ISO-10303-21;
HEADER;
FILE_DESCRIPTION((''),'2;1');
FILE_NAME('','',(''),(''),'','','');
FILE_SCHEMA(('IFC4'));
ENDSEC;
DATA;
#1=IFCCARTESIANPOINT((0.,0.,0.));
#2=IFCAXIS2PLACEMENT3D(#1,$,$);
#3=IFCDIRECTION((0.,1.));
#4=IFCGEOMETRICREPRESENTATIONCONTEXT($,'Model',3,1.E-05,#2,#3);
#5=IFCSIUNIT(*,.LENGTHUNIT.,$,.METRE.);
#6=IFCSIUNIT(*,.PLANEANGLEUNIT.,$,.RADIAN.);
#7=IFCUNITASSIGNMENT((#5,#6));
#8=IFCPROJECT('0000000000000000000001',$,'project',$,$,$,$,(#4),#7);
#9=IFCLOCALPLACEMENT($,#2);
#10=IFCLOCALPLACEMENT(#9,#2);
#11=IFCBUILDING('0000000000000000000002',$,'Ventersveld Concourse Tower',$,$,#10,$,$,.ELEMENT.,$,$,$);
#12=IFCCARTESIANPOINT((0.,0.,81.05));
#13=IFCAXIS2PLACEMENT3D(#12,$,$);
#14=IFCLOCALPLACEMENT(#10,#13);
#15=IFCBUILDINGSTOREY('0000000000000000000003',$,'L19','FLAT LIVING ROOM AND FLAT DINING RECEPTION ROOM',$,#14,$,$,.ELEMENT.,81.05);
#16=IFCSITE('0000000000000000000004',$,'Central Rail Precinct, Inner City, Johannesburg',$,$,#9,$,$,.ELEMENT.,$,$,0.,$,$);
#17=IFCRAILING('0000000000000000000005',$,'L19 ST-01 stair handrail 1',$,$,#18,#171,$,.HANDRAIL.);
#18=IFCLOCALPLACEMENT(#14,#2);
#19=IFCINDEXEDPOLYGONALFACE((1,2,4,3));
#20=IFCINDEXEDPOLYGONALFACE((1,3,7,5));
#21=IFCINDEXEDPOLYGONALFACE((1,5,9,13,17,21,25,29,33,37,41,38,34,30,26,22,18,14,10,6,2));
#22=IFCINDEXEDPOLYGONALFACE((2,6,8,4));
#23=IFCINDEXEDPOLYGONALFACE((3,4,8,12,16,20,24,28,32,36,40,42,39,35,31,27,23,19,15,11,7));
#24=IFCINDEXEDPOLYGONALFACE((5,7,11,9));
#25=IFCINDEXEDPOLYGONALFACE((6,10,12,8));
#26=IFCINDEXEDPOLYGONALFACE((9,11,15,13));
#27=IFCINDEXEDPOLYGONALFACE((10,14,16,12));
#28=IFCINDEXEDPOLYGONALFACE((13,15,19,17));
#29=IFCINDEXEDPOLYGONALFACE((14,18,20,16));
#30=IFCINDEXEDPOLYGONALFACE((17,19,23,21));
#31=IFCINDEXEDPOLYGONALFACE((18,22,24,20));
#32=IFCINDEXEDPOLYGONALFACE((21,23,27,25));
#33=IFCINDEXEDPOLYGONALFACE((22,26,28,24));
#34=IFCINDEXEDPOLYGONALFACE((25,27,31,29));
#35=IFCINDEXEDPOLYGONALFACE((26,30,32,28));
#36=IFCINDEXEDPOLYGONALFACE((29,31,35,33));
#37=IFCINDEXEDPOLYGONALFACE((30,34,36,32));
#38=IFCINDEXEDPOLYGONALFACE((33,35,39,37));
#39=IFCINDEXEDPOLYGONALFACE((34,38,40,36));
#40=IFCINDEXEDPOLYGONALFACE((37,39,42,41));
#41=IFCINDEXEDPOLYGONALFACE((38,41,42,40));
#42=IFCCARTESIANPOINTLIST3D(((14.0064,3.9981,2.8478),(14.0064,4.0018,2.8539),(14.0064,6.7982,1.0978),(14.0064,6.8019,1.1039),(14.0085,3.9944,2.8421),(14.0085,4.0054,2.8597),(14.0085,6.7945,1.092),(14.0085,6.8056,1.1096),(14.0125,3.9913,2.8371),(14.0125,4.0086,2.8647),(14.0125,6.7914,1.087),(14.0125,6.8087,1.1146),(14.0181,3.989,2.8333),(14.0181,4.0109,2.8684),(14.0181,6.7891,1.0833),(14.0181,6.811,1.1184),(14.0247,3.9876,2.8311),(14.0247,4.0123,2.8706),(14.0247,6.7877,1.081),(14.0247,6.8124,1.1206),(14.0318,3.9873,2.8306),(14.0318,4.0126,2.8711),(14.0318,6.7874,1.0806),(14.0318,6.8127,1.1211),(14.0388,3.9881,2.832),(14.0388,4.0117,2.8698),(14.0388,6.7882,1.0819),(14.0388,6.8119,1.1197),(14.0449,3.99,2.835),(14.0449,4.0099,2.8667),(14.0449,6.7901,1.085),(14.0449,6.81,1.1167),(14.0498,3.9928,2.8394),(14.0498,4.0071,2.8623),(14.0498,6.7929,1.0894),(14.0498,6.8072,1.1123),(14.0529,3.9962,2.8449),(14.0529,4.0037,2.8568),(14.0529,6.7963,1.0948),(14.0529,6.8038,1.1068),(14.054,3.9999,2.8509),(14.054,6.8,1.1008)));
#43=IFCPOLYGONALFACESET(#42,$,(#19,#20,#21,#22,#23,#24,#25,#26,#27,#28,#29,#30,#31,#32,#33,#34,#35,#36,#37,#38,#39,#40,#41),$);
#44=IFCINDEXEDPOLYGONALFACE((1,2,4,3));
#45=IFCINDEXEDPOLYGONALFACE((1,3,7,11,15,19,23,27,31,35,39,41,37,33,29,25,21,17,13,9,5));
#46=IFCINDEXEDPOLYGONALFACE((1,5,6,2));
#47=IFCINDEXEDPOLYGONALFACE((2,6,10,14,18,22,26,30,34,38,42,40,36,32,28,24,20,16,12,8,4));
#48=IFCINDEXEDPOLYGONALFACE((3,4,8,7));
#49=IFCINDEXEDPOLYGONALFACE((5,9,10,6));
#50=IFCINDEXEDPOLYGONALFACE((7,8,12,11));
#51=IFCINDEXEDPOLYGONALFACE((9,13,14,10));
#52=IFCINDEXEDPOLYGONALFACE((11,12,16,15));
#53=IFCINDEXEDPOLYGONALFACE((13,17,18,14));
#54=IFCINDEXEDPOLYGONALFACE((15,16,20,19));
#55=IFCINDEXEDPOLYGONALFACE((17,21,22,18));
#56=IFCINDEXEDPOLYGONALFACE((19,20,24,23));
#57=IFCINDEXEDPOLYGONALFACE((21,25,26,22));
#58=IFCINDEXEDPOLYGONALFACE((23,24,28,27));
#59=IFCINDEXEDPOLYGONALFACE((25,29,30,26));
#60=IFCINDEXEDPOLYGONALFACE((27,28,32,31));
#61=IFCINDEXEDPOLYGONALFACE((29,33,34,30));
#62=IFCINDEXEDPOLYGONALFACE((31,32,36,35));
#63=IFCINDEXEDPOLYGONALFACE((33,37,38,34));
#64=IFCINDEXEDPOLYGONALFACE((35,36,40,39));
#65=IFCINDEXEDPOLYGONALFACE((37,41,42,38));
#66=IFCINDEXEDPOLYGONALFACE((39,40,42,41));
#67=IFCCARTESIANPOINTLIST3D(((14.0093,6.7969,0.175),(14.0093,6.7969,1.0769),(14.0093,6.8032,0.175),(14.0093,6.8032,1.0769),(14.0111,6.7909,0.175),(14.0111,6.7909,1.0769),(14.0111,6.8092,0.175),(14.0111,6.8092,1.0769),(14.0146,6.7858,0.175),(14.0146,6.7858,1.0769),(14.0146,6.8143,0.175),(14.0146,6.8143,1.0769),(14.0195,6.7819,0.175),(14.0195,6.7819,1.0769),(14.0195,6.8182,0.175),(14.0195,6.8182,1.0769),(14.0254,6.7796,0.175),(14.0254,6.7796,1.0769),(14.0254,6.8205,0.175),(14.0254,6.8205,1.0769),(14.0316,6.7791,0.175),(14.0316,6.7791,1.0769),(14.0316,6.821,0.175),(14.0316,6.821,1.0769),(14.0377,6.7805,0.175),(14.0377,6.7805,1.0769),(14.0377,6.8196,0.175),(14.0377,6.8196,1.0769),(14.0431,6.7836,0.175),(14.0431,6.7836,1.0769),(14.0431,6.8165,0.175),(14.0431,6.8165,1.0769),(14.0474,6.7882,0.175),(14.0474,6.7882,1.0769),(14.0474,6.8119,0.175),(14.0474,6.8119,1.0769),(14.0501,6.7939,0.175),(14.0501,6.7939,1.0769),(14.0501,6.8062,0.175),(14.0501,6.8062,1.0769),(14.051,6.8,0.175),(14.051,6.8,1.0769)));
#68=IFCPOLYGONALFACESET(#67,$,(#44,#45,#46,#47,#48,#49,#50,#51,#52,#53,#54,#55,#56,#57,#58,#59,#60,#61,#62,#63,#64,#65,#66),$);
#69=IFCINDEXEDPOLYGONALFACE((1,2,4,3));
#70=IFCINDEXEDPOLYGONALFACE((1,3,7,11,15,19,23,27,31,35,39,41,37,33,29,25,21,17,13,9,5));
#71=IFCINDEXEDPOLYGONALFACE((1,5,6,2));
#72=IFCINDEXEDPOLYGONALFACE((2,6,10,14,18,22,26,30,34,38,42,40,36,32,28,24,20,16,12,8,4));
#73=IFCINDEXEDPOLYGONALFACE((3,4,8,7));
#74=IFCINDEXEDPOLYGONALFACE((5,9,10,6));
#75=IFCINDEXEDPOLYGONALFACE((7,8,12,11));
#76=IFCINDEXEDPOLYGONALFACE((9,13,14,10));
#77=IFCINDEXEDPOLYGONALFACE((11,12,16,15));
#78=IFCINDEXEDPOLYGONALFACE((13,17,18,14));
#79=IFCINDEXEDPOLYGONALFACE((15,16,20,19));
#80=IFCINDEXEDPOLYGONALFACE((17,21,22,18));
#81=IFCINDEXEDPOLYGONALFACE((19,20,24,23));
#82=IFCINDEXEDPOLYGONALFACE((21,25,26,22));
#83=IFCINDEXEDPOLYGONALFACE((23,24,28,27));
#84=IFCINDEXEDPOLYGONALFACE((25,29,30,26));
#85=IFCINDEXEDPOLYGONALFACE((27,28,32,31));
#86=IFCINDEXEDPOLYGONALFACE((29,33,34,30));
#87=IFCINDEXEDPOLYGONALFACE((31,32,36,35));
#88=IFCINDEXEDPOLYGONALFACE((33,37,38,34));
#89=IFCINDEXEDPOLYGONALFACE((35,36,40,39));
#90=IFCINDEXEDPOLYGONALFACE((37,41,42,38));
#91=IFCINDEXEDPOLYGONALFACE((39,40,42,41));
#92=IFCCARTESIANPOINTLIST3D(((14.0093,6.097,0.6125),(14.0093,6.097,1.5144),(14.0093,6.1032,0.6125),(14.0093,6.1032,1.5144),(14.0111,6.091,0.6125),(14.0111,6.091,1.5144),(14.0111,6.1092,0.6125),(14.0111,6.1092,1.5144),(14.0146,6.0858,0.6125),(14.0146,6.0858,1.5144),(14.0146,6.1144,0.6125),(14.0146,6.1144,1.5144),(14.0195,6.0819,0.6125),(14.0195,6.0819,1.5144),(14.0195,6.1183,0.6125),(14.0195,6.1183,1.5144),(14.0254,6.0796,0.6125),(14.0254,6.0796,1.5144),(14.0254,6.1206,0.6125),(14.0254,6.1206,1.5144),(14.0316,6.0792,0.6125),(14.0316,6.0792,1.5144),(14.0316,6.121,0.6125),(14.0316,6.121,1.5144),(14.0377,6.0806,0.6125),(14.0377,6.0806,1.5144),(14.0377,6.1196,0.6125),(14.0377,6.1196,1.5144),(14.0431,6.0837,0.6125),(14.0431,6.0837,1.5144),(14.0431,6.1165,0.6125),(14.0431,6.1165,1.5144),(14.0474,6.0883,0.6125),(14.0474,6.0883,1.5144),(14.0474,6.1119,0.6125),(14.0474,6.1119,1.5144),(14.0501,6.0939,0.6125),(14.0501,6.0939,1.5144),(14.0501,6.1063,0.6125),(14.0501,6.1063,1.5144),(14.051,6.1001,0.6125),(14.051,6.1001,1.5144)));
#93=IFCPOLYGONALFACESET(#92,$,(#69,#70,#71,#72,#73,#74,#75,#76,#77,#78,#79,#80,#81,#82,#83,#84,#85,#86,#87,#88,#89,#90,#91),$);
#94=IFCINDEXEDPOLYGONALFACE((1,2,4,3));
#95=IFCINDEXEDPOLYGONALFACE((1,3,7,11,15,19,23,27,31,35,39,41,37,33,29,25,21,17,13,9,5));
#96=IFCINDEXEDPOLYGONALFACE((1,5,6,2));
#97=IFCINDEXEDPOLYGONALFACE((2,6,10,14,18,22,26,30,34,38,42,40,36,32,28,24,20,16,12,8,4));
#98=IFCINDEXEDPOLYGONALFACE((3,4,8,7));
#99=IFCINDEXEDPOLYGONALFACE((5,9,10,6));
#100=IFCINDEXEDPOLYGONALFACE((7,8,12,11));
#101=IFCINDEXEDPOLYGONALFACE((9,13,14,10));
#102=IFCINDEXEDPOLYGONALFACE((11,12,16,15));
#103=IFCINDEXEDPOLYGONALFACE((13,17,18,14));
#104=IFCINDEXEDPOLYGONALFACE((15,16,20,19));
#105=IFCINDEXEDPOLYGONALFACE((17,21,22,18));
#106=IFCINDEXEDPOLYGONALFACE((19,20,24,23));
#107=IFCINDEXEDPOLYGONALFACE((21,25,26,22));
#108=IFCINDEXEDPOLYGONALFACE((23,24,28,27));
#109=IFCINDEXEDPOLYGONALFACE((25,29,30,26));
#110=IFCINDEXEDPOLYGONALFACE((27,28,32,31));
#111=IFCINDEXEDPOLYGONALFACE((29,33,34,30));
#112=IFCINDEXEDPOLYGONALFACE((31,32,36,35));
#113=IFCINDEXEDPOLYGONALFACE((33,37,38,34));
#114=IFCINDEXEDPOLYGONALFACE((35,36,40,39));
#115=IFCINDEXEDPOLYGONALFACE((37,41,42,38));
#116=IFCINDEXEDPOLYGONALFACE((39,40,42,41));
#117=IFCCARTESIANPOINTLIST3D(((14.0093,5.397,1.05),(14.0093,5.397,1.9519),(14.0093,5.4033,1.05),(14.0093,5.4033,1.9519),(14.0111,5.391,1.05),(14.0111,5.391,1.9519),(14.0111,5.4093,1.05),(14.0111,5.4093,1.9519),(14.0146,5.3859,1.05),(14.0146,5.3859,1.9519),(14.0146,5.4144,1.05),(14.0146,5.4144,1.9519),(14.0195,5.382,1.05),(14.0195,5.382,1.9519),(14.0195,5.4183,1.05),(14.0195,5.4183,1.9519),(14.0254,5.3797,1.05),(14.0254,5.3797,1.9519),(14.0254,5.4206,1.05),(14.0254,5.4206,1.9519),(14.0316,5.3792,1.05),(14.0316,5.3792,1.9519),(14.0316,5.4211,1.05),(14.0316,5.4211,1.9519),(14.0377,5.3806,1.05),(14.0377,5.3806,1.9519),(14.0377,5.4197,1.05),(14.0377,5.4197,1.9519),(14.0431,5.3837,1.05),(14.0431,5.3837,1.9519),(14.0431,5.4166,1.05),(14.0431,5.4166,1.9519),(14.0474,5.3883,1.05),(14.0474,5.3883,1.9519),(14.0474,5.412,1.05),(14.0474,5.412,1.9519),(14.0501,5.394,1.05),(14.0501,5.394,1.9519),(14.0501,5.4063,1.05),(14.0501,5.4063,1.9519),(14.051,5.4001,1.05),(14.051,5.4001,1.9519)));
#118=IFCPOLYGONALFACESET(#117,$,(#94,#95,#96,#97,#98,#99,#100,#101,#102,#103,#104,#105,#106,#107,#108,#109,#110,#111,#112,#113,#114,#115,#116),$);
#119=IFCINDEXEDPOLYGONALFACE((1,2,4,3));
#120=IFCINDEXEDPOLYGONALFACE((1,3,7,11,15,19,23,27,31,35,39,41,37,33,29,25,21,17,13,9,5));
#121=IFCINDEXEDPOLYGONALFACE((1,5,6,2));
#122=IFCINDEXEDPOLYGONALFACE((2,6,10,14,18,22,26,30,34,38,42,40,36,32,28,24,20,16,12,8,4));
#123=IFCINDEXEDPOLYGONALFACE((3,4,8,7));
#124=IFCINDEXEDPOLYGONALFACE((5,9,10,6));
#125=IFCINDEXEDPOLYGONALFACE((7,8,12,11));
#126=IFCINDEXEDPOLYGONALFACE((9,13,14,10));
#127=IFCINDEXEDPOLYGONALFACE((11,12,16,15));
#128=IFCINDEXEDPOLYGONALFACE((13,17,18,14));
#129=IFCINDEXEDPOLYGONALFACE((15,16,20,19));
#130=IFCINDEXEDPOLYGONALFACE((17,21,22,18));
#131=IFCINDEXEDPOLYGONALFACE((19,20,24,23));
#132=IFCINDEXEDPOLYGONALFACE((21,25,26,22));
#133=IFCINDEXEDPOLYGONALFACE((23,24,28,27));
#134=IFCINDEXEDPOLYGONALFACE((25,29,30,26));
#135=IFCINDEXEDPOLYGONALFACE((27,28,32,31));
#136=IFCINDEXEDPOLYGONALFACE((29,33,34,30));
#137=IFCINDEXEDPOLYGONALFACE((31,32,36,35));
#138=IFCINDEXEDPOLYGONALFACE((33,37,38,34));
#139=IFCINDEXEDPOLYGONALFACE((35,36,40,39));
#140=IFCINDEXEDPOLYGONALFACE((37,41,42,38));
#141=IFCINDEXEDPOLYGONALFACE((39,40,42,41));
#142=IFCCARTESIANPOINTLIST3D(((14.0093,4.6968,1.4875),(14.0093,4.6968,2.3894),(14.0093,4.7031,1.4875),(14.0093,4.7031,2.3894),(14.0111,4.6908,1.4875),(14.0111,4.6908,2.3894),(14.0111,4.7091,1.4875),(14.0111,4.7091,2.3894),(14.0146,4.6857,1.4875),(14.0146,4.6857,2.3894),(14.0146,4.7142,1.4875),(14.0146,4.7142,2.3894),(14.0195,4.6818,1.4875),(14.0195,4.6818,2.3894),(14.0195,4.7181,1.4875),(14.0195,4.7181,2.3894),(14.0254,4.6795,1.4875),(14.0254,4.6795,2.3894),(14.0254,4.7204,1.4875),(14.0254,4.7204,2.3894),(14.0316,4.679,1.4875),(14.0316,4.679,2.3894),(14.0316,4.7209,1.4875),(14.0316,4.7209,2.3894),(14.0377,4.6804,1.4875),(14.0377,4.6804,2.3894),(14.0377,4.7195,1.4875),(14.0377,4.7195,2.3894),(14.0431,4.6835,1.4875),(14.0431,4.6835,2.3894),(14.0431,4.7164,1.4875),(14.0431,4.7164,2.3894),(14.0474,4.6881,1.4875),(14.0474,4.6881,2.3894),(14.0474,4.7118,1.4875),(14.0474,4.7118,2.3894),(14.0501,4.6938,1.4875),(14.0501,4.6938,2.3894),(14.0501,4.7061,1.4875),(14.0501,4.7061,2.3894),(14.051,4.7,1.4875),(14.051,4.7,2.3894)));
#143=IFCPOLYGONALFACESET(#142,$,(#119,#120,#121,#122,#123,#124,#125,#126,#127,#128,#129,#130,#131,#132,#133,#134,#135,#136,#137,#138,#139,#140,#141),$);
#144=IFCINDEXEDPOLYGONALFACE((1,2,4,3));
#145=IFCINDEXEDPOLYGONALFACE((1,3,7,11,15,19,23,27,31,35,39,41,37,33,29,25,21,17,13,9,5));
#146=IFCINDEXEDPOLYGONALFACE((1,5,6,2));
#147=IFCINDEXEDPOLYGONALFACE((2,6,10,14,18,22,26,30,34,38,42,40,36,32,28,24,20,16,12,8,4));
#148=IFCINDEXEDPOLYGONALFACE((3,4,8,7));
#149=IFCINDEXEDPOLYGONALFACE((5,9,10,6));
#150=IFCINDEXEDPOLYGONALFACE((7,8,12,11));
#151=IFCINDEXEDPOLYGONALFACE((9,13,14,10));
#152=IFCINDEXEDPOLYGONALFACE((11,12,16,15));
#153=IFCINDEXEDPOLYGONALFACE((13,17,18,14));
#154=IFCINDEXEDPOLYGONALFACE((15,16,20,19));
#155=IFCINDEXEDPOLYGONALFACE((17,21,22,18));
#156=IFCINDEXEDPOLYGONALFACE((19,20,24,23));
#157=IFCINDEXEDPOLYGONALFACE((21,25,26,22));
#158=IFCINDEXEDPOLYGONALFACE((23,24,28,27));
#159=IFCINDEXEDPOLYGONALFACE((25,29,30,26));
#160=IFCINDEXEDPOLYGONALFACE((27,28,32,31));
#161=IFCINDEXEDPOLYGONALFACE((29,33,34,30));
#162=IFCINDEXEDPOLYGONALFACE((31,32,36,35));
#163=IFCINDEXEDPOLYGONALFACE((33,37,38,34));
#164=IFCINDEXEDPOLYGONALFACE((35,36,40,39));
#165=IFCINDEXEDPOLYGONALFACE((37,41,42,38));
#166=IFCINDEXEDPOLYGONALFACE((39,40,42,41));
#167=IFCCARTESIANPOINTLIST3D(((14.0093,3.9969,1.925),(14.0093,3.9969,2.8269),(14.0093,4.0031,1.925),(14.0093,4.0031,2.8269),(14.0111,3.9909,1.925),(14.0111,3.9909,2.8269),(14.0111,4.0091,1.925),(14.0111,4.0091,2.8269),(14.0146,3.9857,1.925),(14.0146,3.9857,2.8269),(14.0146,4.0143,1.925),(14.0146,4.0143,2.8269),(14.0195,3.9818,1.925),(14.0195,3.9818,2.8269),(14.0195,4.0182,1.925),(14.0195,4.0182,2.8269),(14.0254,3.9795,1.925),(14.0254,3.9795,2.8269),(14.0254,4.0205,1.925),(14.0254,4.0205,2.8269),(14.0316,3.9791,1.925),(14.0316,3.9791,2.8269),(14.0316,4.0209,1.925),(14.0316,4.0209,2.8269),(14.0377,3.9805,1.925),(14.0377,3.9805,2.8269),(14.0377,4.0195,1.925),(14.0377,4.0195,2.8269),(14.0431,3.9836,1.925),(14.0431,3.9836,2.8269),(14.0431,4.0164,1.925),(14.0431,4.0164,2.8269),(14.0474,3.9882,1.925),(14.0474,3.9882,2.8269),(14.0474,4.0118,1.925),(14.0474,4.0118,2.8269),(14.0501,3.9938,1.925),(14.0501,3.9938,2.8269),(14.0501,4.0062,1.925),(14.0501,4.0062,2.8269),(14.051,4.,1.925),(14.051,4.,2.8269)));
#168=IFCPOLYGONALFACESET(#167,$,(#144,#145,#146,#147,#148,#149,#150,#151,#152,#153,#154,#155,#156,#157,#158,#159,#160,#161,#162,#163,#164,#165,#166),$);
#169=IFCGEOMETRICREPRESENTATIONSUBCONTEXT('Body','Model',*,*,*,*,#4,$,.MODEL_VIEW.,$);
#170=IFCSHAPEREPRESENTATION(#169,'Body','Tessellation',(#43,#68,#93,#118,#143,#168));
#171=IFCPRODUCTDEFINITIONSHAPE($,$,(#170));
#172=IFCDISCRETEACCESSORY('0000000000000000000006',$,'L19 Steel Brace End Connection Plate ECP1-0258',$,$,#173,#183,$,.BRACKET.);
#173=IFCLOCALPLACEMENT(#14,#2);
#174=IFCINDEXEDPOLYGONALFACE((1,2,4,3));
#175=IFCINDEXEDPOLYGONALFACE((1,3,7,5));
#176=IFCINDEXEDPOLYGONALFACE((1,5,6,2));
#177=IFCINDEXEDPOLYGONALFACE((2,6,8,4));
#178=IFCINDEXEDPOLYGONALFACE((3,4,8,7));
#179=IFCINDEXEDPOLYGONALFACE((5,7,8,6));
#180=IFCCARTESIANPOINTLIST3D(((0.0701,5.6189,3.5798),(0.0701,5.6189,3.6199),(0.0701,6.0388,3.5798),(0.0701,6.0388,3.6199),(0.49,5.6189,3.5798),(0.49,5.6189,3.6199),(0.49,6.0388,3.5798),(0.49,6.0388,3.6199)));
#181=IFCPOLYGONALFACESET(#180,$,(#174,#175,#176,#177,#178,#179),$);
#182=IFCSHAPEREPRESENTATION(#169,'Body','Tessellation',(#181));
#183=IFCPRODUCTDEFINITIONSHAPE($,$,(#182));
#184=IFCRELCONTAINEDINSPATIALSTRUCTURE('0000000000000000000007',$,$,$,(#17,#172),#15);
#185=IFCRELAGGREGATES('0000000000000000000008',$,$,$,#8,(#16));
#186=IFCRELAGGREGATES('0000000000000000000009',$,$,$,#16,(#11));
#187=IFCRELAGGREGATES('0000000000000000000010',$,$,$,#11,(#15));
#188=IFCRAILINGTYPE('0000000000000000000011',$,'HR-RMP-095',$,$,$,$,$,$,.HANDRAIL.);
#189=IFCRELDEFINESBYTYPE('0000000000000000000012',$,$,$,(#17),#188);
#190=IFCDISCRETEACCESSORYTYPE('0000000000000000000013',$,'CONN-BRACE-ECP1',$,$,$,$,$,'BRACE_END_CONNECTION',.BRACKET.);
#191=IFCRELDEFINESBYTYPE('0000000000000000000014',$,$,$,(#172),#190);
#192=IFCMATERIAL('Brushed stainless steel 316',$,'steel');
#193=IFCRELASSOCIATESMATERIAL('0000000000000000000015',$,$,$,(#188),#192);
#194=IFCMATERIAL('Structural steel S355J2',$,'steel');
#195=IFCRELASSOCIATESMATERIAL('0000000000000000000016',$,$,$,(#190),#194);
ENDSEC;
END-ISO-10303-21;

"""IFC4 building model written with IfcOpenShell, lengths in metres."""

from ifc_helpers import new_model, si_unit, direction, frame, origin, origin_2d, place, context, subcontext, project, spatial, rectangle, circle, extrude, material, type_object, element, save


model = new_model("IFC4")

# Units and contexts
model_context = context("Model", 3, precision=1e-05, world=origin(), true_north=direction((0.0, 1.0)))
body_context = subcontext(model_context, "Body", "Model", "MODEL_VIEW")
ifc_project = project(units=[si_unit("LENGTHUNIT", "METRE"), si_unit("PLANEANGLEUNIT", "RADIAN")], contexts=[model_context])

# Site, building, storey
site_placement = place(None, origin())
site = spatial("IfcSite", under=ifc_project, at=site_placement, Name="Central Rail Precinct, Inner City, Johannesburg", CompositionType="ELEMENT", RefElevation=0.0)
building_placement = place(site_placement, origin())
building = spatial("IfcBuilding", under=site, at=building_placement, Name="Ventersveld Concourse Tower", CompositionType="ELEMENT")
storey_placement = place(building_placement, frame((0.0, 0.0, 81.05)))
storey = spatial("IfcBuildingStorey", under=building, at=storey_placement, Name="L19", Description="FLAT LIVING ROOM AND FLAT DINING RECEPTION ROOM", CompositionType="ELEMENT", Elevation=81.05)

# Shared definitions
ifc_material_1 = material(Name="Structural steel S355J2", Category="steel")

# Railing
ifc_material_2 = material(Name="Brushed stainless steel 316", Category="steel")
railing_type_1 = type_object("IfcRailingType", Name="HR-RMP-095", PredefinedType="HANDRAIL", material=ifc_material_2)
railing_1_placement = place(storey_placement, frame((14.03, 6.8, 0.175)))
element("IfcRailing", 1, at=railing_1_placement, inside=storey, type_object=railing_type_1, Name="L19 ST-01 stair handrail 1", PredefinedType="HANDRAIL", context=body_context, shape_type="SweptSolid", body=[
    extrude(circle(Radius=0.0239, at=origin_2d()), frame((0.0, 0.0, 0.9258), z_axis=(0.0, -0.848002, 0.529992), x_axis=(1.0, 0.0, 0.0)), (0.0, 0.0, 1.0), 3.302),
    extrude(circle(Radius=0.021, at=origin_2d()), origin(), (0.0, 0.0, 1.0), 0.9019),
    extrude(circle(Radius=0.021, at=origin_2d()), frame((0.0, -0.7, 0.4375)), (0.0, 0.0, 1.0), 0.9019),
    extrude(circle(Radius=0.021, at=origin_2d()), frame((0.0, -1.3999, 0.875)), (0.0, 0.0, 1.0), 0.9019),
    extrude(circle(Radius=0.021, at=origin_2d()), frame((0.0, -2.1001, 1.3125)), (0.0, 0.0, 1.0), 0.9019),
    extrude(circle(Radius=0.021, at=origin_2d()), frame((0.0, -2.8, 1.75)), (0.0, 0.0, 1.0), 0.9019),
])

# Discrete accessory
discrete_accessory_type = type_object("IfcDiscreteAccessoryType", Name="CONN-BRACE-ECP1", ElementType="BRACE_END_CONNECTION", PredefinedType="BRACKET", material=ifc_material_1)
discrete_accessory_placement = place(storey_placement, frame((0.28, 5.8289, 3.5798), z_axis=(0.0, 0.0, 1.0), x_axis=(1.0, 0.0, 0.0)))
element("IfcDiscreteAccessory", 2, at=discrete_accessory_placement, inside=storey, type_object=discrete_accessory_type, Name="L19 Steel Brace End Connection Plate ECP1-0258", PredefinedType="BRACKET", context=body_context, shape_type="SweptSolid", body=[
    extrude(rectangle(XDim=0.4199, YDim=0.4199, at=origin_2d()), origin(), (0.0, 0.0, 1.0), 0.04),
])

save(model, "model.ifc")
